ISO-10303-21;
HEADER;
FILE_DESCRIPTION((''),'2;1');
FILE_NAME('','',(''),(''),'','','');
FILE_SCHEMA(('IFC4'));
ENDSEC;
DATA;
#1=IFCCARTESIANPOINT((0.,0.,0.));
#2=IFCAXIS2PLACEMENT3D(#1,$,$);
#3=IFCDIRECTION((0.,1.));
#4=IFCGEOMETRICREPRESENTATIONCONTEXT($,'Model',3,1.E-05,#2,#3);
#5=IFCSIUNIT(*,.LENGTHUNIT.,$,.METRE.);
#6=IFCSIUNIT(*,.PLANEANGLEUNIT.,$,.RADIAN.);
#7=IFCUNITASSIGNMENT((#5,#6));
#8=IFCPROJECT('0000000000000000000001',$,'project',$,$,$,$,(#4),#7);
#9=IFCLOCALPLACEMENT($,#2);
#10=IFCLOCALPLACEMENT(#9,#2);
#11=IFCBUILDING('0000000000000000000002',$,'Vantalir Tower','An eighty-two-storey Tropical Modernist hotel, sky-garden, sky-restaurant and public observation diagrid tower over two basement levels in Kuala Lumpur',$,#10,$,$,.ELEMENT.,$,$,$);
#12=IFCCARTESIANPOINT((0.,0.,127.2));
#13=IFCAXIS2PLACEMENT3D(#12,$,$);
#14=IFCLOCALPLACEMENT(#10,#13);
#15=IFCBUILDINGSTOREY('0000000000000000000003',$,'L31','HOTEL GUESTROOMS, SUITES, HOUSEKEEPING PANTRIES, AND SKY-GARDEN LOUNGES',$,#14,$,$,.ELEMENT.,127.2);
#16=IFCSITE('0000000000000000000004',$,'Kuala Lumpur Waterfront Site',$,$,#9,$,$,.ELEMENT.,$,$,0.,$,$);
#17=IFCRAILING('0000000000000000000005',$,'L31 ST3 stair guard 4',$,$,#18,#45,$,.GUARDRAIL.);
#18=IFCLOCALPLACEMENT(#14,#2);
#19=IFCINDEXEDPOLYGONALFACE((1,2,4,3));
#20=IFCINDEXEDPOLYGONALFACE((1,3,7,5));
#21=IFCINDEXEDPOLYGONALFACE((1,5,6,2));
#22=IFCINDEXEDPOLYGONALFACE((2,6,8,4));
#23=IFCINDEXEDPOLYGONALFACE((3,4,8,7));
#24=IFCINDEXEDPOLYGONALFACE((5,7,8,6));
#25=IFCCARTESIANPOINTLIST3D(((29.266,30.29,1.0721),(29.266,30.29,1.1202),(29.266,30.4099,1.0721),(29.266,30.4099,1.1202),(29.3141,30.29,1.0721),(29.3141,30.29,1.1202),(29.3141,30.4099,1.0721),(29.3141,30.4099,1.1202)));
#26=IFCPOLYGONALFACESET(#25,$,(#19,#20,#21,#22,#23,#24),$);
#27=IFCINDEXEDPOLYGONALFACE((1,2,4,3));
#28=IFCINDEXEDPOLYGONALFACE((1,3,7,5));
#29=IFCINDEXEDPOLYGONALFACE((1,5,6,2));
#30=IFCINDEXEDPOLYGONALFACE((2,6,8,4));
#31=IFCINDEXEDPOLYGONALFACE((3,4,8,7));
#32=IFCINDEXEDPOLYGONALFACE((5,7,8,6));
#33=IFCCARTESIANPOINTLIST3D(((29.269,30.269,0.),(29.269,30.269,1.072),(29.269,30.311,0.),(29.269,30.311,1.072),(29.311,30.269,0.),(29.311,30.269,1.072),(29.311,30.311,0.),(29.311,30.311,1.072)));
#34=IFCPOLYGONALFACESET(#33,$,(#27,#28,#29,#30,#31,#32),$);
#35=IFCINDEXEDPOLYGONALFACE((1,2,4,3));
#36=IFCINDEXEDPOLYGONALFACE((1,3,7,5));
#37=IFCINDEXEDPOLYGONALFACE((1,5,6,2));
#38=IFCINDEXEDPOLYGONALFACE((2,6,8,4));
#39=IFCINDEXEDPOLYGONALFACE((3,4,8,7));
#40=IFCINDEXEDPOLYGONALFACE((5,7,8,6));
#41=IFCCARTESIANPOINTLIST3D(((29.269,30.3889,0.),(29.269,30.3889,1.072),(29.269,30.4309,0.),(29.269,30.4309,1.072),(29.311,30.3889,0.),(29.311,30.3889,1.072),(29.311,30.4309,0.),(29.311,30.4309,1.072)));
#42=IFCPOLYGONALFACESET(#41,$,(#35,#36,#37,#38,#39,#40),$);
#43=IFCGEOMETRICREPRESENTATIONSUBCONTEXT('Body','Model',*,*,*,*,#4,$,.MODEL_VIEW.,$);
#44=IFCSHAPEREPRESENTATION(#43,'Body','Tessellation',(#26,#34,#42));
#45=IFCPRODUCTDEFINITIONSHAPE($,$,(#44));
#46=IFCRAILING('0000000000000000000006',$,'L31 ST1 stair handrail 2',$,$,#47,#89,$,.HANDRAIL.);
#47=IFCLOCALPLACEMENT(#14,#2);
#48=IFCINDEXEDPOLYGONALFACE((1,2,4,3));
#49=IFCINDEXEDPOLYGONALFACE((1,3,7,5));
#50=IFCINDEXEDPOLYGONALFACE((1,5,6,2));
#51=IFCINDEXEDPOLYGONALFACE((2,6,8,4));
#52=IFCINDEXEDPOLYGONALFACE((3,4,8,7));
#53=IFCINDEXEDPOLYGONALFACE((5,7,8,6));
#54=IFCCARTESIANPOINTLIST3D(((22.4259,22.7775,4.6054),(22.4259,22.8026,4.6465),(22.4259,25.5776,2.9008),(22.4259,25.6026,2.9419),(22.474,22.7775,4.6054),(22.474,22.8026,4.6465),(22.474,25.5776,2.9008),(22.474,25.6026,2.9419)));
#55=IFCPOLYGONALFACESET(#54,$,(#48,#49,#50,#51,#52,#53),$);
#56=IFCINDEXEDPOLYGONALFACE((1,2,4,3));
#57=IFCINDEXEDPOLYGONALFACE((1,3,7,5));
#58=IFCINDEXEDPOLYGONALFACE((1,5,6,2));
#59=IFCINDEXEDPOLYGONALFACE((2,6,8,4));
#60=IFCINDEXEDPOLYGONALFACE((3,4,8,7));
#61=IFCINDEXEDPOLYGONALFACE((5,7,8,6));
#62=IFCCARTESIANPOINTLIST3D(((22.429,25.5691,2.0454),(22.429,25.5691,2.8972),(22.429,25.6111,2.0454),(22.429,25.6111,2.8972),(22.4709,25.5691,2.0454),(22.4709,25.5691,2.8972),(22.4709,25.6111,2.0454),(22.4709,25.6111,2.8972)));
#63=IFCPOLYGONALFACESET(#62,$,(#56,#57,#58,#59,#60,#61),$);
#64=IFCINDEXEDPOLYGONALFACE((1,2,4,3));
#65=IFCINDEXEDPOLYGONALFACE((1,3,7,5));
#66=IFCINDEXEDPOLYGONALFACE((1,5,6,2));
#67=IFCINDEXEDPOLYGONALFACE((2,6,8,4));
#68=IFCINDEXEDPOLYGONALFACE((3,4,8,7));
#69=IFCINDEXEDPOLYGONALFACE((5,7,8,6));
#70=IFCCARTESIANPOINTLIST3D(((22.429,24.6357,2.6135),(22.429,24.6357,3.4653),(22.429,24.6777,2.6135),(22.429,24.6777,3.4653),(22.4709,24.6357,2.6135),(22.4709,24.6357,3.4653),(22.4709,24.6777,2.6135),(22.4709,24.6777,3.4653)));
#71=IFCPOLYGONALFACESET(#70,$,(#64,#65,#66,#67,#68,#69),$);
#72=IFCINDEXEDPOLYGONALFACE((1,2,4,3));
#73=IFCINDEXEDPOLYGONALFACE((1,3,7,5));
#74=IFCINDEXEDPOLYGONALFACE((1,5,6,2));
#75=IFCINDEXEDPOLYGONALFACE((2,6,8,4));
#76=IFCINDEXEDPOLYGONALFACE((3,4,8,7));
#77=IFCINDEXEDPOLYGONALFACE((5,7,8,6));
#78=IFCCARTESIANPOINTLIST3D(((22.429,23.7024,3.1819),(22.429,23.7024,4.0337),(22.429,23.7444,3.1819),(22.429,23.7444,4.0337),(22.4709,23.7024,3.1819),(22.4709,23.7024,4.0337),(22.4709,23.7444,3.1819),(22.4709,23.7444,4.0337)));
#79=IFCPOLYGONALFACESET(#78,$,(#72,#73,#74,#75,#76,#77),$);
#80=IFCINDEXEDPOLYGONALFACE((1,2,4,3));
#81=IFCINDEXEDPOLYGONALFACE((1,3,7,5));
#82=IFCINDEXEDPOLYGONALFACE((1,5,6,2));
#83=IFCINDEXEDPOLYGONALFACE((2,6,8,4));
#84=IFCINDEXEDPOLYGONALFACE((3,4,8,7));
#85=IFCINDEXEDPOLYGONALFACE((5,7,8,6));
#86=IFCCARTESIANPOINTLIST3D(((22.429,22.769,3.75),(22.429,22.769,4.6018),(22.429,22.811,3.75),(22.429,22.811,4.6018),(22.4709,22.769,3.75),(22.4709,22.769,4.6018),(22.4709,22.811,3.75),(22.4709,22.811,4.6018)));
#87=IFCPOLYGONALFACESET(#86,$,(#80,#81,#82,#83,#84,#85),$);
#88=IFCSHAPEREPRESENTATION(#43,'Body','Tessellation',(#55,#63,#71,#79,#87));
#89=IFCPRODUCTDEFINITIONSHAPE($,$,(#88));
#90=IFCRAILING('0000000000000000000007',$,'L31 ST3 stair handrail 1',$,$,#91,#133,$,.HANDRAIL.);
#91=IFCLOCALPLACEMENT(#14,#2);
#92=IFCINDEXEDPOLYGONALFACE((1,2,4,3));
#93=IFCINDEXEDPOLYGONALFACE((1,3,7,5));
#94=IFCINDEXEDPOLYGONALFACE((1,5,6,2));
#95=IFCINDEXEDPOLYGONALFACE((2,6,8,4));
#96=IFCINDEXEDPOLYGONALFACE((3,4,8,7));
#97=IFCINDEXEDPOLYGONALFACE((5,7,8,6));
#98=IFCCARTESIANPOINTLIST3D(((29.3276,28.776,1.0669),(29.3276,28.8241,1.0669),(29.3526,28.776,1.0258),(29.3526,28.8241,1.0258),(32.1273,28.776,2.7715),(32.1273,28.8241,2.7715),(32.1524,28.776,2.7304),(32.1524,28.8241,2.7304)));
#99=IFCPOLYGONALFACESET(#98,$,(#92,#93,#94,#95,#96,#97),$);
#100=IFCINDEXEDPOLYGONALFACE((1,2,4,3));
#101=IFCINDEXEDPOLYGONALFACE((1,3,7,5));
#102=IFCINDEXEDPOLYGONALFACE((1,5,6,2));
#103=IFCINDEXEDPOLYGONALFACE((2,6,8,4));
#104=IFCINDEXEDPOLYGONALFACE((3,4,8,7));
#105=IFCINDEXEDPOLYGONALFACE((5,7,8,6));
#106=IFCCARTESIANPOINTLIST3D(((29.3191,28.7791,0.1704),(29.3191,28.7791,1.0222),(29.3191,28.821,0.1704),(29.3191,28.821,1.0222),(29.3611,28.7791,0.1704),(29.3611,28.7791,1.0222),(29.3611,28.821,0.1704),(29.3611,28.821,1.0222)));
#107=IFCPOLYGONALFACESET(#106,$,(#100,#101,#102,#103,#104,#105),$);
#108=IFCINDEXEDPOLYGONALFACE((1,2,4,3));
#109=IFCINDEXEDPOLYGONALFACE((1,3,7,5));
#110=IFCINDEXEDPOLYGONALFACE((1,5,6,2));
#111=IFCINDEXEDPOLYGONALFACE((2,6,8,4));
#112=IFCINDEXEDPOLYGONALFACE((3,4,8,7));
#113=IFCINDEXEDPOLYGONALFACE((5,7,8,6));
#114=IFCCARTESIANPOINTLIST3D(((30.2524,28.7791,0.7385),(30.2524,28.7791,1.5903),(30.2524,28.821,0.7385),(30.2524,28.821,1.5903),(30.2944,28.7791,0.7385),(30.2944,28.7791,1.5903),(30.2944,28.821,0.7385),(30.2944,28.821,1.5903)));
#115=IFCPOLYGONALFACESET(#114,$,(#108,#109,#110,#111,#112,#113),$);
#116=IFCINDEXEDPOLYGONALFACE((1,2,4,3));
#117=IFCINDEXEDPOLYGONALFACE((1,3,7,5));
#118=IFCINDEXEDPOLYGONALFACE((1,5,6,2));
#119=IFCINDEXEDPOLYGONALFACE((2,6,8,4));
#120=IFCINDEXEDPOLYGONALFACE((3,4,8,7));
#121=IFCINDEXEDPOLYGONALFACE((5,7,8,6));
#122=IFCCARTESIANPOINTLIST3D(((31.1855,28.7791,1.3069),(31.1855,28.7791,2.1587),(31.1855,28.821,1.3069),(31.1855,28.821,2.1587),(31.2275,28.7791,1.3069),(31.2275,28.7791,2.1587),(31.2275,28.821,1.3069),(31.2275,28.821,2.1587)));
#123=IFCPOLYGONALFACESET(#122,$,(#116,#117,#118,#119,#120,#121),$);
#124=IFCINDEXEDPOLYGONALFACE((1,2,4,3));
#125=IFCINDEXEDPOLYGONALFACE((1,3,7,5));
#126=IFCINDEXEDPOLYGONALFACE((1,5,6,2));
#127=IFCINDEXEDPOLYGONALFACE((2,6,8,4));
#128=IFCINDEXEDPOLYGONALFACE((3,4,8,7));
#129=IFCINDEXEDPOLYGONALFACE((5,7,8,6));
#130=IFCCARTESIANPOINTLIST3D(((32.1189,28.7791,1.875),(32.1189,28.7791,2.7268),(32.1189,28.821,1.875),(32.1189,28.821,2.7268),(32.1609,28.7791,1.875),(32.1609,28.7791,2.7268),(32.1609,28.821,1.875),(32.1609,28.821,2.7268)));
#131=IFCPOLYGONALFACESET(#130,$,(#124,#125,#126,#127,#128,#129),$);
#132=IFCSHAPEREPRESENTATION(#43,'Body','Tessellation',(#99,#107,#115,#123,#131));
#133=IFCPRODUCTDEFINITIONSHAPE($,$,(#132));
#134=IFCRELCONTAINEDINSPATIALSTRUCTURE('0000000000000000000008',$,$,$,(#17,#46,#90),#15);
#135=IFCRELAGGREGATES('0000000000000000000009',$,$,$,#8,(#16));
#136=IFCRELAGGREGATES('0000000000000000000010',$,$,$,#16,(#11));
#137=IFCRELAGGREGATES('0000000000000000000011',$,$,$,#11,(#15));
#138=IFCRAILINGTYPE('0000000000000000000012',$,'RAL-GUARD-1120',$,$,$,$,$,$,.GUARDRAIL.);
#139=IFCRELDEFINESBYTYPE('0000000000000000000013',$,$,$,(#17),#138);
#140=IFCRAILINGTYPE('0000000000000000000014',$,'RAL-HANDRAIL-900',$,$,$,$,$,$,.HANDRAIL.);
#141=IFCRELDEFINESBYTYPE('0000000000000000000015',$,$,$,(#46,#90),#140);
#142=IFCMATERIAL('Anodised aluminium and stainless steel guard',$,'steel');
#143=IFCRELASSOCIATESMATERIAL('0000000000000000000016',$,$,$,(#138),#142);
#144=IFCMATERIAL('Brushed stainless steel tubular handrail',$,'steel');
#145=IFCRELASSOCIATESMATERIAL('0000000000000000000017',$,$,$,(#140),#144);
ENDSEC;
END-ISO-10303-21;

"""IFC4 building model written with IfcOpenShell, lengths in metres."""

from ifc_helpers import new_model, si_unit, direction, frame, origin, origin_2d, place, context, subcontext, project, spatial, rectangle, extrude, material, type_object, element, save


model = new_model("IFC4")

# Units and contexts
model_context = context("Model", 3, precision=1e-05, world=origin(), true_north=direction((0.0, 1.0)))
body_context = subcontext(model_context, "Body", "Model", "MODEL_VIEW")
ifc_project = project(units=[si_unit("LENGTHUNIT", "METRE"), si_unit("PLANEANGLEUNIT", "RADIAN")], contexts=[model_context])

# Site, building, storey
site_placement = place(None, origin())
site = spatial("IfcSite", under=ifc_project, at=site_placement, Name="Kuala Lumpur Waterfront Site", CompositionType="ELEMENT", RefElevation=0.0)
building_placement = place(site_placement, origin())
building = spatial("IfcBuilding", under=site, at=building_placement, Name="Vantalir Tower", Description="An eighty-two-storey Tropical Modernist hotel, sky-garden, sky-restaurant and public observation diagrid tower over two basement levels in Kuala Lumpur", CompositionType="ELEMENT")
storey_placement = place(building_placement, frame((0.0, 0.0, 127.2)))
storey = spatial("IfcBuildingStorey", under=building, at=storey_placement, Name="L31", Description="HOTEL GUESTROOMS, SUITES, HOUSEKEEPING PANTRIES, AND SKY-GARDEN LOUNGES", CompositionType="ELEMENT", Elevation=127.2)

# Railings
ifc_material_1 = material(Name="Anodised aluminium and stainless steel guard", Category="steel")
railing_type_1 = type_object("IfcRailingType", Name="RAL-GUARD-1120", PredefinedType="GUARDRAIL", material=ifc_material_1)
railing_1_placement = place(storey_placement, frame((29.29, 30.29, 0.0)))
element("IfcRailing", 1, at=railing_1_placement, inside=storey, type_object=railing_type_1, Name="L31 ST3 stair guard 4", PredefinedType="GUARDRAIL", context=body_context, shape_type="SweptSolid", body=[
    extrude(rectangle(XDim=0.0481, YDim=0.0481, at=origin_2d()), frame((0.0, 0.0, 1.0962), z_axis=(0.0, 1.0, 0.0), x_axis=(-1.0, 0.0, 0.0)), (0.0, 0.0, 1.0), 0.1199),
    extrude(rectangle(XDim=0.042, YDim=0.042, at=origin_2d()), origin(), (0.0, 0.0, 1.0), 1.072),
    extrude(rectangle(XDim=0.042, YDim=0.042, at=origin_2d()), frame((0.0, 0.1199, 0.0)), (0.0, 0.0, 1.0), 1.072),
])
ifc_material_2 = material(Name="Brushed stainless steel tubular handrail", Category="steel")
railing_type_2 = type_object("IfcRailingType", Name="RAL-HANDRAIL-900", PredefinedType="HANDRAIL", material=ifc_material_2)
railing_2_placement = place(storey_placement, frame((22.45, 25.5901, 2.0454)))
element("IfcRailing", 2, at=railing_2_placement, inside=storey, type_object=railing_type_2, Name="L31 ST1 stair handrail 2", PredefinedType="HANDRAIL", context=body_context, shape_type="SweptSolid", body=[
    extrude(rectangle(XDim=0.0481, YDim=0.0481, at=origin_2d()), frame((0.0, 0.0, 0.876), z_axis=(0.0, -0.85417, 0.519994), x_axis=(1.0, 0.0, 0.0)), (0.0, 0.0, 1.0), 3.2781),
    extrude(rectangle(XDim=0.042, YDim=0.042, at=origin_2d()), origin(), (0.0, 0.0, 1.0), 0.8518),
    extrude(rectangle(XDim=0.042, YDim=0.042, at=origin_2d()), frame((0.0, -0.9333, 0.5681)), (0.0, 0.0, 1.0), 0.8518),
    extrude(rectangle(XDim=0.042, YDim=0.042, at=origin_2d()), frame((0.0, -1.8667, 1.1365)), (0.0, 0.0, 1.0), 0.8518),
    extrude(rectangle(XDim=0.042, YDim=0.042, at=origin_2d()), frame((0.0, -2.8, 1.7046)), (0.0, 0.0, 1.0), 0.8518),
])
railing_3_placement = place(storey_placement, frame((29.3401, 28.8, 0.1704)))
element("IfcRailing", 3, at=railing_3_placement, inside=storey, type_object=railing_type_2, Name="L31 ST3 stair handrail 1", PredefinedType="HANDRAIL", context=body_context, shape_type="SweptSolid", body=[
    extrude(rectangle(XDim=0.0481, YDim=0.0481, at=origin_2d()), frame((0.0, 0.0, 0.876), z_axis=(0.85415, 0.0, 0.520027), x_axis=(0.0, 1.0, 0.0)), (0.0, 0.0, 1.0), 3.2778),
    extrude(rectangle(XDim=0.042, YDim=0.042, at=origin_2d()), origin(), (0.0, 0.0, 1.0), 0.8518),
    extrude(rectangle(XDim=0.042, YDim=0.042, at=origin_2d()), frame((0.9333, 0.0, 0.5681)), (0.0, 0.0, 1.0), 0.8518),
    extrude(rectangle(XDim=0.042, YDim=0.042, at=origin_2d()), frame((1.8665, 0.0, 1.1365)), (0.0, 0.0, 1.0), 0.8518),
    extrude(rectangle(XDim=0.042, YDim=0.042, at=origin_2d()), frame((2.7998, 0.0, 1.7046)), (0.0, 0.0, 1.0), 0.8518),
])

save(model, "model.ifc")
